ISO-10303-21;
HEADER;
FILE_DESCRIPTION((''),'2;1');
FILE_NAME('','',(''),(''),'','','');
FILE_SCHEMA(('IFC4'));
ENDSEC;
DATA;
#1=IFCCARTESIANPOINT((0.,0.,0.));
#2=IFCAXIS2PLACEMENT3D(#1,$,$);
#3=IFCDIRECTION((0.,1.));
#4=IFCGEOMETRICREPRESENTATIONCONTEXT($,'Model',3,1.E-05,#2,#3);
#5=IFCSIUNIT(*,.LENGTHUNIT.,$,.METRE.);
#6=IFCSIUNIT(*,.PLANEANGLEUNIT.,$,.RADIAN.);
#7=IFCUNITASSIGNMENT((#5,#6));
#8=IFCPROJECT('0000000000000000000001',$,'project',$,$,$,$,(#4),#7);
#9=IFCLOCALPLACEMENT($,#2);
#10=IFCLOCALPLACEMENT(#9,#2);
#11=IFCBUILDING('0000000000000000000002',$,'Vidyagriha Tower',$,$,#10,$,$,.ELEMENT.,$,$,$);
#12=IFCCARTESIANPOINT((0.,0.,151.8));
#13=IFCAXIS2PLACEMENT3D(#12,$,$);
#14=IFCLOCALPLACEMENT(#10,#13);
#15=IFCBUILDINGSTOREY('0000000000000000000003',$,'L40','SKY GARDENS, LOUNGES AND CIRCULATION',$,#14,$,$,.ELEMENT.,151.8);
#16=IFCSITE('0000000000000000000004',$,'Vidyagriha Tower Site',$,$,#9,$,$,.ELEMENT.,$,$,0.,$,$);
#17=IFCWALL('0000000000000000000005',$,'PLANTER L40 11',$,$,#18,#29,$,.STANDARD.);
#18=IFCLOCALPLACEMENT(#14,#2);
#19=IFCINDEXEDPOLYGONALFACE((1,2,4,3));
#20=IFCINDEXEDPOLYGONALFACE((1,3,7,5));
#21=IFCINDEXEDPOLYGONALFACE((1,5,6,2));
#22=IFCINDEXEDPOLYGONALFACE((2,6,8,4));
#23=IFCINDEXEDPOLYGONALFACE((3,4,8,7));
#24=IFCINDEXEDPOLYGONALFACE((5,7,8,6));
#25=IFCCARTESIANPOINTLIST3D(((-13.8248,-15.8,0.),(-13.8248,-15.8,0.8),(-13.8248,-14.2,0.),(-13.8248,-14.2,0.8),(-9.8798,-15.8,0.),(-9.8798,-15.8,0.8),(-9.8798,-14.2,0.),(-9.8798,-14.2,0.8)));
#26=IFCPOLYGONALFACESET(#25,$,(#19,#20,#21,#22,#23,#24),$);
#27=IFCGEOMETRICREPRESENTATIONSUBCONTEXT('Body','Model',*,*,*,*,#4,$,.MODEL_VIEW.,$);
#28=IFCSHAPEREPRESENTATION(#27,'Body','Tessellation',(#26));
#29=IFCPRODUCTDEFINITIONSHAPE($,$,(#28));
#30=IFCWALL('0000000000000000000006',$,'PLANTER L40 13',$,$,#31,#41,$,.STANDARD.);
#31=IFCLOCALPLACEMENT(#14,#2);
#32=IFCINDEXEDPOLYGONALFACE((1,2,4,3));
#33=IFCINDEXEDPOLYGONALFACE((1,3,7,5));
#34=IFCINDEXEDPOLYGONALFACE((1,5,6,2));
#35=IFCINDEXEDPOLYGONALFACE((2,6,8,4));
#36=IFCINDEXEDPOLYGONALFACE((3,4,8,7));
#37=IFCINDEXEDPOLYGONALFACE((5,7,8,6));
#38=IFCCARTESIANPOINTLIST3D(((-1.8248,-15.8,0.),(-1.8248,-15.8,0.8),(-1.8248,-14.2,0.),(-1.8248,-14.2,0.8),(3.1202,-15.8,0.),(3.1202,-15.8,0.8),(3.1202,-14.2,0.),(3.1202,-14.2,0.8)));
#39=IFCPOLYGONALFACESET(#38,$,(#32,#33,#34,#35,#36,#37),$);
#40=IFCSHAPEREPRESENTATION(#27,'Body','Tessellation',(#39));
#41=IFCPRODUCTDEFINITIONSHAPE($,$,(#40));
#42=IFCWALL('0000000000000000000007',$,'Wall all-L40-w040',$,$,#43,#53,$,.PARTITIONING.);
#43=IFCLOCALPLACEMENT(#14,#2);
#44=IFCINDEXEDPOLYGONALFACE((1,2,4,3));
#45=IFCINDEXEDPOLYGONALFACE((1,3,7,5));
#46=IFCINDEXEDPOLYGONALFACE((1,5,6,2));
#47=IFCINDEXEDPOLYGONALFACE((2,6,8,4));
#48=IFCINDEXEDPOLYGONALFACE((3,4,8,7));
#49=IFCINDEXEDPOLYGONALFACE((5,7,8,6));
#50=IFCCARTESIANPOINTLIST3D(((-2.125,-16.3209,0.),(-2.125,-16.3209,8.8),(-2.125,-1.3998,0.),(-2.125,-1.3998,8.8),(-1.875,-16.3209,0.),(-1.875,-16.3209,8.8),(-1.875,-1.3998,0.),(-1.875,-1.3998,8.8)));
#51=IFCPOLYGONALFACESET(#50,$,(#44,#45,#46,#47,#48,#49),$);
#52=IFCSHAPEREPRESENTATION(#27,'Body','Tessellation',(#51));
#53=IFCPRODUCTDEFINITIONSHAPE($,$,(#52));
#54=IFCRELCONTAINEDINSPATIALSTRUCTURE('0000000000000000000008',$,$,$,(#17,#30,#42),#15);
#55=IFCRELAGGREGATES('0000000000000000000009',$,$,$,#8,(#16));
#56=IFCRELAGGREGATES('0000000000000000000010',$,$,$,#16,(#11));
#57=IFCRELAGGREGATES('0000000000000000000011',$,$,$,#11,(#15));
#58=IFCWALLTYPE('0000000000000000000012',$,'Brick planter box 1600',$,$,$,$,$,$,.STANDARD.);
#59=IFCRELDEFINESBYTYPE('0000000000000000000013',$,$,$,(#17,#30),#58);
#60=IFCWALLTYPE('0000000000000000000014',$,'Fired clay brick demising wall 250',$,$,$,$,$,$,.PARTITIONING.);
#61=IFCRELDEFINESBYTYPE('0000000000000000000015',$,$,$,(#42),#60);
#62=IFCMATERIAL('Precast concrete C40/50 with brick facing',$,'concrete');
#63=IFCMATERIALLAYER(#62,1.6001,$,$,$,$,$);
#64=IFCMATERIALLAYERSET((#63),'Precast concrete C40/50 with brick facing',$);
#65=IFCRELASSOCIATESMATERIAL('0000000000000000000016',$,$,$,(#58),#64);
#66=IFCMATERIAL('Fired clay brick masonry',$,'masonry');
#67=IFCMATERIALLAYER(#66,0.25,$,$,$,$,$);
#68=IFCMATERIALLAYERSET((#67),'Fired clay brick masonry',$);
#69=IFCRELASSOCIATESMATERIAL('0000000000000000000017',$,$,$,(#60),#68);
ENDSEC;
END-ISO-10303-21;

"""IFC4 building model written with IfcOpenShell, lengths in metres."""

from ifc_helpers import new_model, si_unit, direction, frame, frame_2d, origin, place, context, subcontext, project, spatial, rectangle, extrude, material, layer, layer_set, type_object, element, save


model = new_model("IFC4")

# Units and contexts
model_context = context("Model", 3, precision=1e-05, world=origin(), true_north=direction((0.0, 1.0)))
body_context = subcontext(model_context, "Body", "Model", "MODEL_VIEW")
ifc_project = project(units=[si_unit("LENGTHUNIT", "METRE"), si_unit("PLANEANGLEUNIT", "RADIAN")], contexts=[model_context])

# Site, building, storey
site_placement = place(None, origin())
site = spatial("IfcSite", under=ifc_project, at=site_placement, Name="Vidyagriha Tower Site", CompositionType="ELEMENT", RefElevation=0.0)
building_placement = place(site_placement, origin())
building = spatial("IfcBuilding", under=site, at=building_placement, Name="Vidyagriha Tower", CompositionType="ELEMENT")
storey_placement = place(building_placement, frame((0.0, 0.0, 151.8)))
storey = spatial("IfcBuildingStorey", under=building, at=storey_placement, Name="L40", Description="SKY GARDENS, LOUNGES AND CIRCULATION", CompositionType="ELEMENT", Elevation=151.8)

# Walls
ifc_material_1 = material(Name="Precast concrete C40/50 with brick facing", Category="concrete")
ifc_layer_1 = layer(ifc_material_1, 1.6001)
ifc_layer_set_1 = layer_set([ifc_layer_1], Name="Precast concrete C40/50 with brick facing")
wall_type_1 = type_object("IfcWallType", Name="Brick planter box 1600", PredefinedType="STANDARD", material=ifc_layer_set_1)
wall_1_placement = place(storey_placement, frame((-13.825, -15.0, 0.0)))
element("IfcWall", 1, at=wall_1_placement, inside=storey, type_object=wall_type_1, Name="PLANTER L40 11", PredefinedType="STANDARD", context=body_context, shape_type="SweptSolid", body=[
    extrude(rectangle(XDim=3.9451, YDim=1.6001, at=frame_2d((1.9727, 0.0))), origin(), (0.0, 0.0, 1.0), 0.8),
])
wall_2_placement = place(storey_placement, frame((-1.825, -15.0, 0.0)))
element("IfcWall", 2, at=wall_2_placement, inside=storey, type_object=wall_type_1, Name="PLANTER L40 13", PredefinedType="STANDARD", context=body_context, shape_type="SweptSolid", body=[
    extrude(rectangle(XDim=4.9451, YDim=1.6001, at=frame_2d((2.4727, 0.0))), origin(), (0.0, 0.0, 1.0), 0.8),
])
ifc_material_2 = material(Name="Fired clay brick masonry", Category="masonry")
ifc_layer_2 = layer(ifc_material_2, 0.25)
ifc_layer_set_2 = layer_set([ifc_layer_2], Name="Fired clay brick masonry")
wall_type_2 = type_object("IfcWallType", Name="Fired clay brick demising wall 250", PredefinedType="PARTITIONING", material=ifc_layer_set_2)
wall_3_placement = place(storey_placement, frame((-2.0, -1.3999, 0.0), z_axis=(0.0, 0.0, 1.0), x_axis=(0.0, -1.0, 0.0)))
element("IfcWall", 3, at=wall_3_placement, inside=storey, type_object=wall_type_2, Name="Wall all-L40-w040", PredefinedType="PARTITIONING", context=body_context, shape_type="SweptSolid", body=[
    extrude(rectangle(XDim=14.9211, YDim=0.25, at=frame_2d((7.4604, 0.0))), origin(), (0.0, 0.0, 1.0), 8.8),
])

save(model, "model.ifc")
